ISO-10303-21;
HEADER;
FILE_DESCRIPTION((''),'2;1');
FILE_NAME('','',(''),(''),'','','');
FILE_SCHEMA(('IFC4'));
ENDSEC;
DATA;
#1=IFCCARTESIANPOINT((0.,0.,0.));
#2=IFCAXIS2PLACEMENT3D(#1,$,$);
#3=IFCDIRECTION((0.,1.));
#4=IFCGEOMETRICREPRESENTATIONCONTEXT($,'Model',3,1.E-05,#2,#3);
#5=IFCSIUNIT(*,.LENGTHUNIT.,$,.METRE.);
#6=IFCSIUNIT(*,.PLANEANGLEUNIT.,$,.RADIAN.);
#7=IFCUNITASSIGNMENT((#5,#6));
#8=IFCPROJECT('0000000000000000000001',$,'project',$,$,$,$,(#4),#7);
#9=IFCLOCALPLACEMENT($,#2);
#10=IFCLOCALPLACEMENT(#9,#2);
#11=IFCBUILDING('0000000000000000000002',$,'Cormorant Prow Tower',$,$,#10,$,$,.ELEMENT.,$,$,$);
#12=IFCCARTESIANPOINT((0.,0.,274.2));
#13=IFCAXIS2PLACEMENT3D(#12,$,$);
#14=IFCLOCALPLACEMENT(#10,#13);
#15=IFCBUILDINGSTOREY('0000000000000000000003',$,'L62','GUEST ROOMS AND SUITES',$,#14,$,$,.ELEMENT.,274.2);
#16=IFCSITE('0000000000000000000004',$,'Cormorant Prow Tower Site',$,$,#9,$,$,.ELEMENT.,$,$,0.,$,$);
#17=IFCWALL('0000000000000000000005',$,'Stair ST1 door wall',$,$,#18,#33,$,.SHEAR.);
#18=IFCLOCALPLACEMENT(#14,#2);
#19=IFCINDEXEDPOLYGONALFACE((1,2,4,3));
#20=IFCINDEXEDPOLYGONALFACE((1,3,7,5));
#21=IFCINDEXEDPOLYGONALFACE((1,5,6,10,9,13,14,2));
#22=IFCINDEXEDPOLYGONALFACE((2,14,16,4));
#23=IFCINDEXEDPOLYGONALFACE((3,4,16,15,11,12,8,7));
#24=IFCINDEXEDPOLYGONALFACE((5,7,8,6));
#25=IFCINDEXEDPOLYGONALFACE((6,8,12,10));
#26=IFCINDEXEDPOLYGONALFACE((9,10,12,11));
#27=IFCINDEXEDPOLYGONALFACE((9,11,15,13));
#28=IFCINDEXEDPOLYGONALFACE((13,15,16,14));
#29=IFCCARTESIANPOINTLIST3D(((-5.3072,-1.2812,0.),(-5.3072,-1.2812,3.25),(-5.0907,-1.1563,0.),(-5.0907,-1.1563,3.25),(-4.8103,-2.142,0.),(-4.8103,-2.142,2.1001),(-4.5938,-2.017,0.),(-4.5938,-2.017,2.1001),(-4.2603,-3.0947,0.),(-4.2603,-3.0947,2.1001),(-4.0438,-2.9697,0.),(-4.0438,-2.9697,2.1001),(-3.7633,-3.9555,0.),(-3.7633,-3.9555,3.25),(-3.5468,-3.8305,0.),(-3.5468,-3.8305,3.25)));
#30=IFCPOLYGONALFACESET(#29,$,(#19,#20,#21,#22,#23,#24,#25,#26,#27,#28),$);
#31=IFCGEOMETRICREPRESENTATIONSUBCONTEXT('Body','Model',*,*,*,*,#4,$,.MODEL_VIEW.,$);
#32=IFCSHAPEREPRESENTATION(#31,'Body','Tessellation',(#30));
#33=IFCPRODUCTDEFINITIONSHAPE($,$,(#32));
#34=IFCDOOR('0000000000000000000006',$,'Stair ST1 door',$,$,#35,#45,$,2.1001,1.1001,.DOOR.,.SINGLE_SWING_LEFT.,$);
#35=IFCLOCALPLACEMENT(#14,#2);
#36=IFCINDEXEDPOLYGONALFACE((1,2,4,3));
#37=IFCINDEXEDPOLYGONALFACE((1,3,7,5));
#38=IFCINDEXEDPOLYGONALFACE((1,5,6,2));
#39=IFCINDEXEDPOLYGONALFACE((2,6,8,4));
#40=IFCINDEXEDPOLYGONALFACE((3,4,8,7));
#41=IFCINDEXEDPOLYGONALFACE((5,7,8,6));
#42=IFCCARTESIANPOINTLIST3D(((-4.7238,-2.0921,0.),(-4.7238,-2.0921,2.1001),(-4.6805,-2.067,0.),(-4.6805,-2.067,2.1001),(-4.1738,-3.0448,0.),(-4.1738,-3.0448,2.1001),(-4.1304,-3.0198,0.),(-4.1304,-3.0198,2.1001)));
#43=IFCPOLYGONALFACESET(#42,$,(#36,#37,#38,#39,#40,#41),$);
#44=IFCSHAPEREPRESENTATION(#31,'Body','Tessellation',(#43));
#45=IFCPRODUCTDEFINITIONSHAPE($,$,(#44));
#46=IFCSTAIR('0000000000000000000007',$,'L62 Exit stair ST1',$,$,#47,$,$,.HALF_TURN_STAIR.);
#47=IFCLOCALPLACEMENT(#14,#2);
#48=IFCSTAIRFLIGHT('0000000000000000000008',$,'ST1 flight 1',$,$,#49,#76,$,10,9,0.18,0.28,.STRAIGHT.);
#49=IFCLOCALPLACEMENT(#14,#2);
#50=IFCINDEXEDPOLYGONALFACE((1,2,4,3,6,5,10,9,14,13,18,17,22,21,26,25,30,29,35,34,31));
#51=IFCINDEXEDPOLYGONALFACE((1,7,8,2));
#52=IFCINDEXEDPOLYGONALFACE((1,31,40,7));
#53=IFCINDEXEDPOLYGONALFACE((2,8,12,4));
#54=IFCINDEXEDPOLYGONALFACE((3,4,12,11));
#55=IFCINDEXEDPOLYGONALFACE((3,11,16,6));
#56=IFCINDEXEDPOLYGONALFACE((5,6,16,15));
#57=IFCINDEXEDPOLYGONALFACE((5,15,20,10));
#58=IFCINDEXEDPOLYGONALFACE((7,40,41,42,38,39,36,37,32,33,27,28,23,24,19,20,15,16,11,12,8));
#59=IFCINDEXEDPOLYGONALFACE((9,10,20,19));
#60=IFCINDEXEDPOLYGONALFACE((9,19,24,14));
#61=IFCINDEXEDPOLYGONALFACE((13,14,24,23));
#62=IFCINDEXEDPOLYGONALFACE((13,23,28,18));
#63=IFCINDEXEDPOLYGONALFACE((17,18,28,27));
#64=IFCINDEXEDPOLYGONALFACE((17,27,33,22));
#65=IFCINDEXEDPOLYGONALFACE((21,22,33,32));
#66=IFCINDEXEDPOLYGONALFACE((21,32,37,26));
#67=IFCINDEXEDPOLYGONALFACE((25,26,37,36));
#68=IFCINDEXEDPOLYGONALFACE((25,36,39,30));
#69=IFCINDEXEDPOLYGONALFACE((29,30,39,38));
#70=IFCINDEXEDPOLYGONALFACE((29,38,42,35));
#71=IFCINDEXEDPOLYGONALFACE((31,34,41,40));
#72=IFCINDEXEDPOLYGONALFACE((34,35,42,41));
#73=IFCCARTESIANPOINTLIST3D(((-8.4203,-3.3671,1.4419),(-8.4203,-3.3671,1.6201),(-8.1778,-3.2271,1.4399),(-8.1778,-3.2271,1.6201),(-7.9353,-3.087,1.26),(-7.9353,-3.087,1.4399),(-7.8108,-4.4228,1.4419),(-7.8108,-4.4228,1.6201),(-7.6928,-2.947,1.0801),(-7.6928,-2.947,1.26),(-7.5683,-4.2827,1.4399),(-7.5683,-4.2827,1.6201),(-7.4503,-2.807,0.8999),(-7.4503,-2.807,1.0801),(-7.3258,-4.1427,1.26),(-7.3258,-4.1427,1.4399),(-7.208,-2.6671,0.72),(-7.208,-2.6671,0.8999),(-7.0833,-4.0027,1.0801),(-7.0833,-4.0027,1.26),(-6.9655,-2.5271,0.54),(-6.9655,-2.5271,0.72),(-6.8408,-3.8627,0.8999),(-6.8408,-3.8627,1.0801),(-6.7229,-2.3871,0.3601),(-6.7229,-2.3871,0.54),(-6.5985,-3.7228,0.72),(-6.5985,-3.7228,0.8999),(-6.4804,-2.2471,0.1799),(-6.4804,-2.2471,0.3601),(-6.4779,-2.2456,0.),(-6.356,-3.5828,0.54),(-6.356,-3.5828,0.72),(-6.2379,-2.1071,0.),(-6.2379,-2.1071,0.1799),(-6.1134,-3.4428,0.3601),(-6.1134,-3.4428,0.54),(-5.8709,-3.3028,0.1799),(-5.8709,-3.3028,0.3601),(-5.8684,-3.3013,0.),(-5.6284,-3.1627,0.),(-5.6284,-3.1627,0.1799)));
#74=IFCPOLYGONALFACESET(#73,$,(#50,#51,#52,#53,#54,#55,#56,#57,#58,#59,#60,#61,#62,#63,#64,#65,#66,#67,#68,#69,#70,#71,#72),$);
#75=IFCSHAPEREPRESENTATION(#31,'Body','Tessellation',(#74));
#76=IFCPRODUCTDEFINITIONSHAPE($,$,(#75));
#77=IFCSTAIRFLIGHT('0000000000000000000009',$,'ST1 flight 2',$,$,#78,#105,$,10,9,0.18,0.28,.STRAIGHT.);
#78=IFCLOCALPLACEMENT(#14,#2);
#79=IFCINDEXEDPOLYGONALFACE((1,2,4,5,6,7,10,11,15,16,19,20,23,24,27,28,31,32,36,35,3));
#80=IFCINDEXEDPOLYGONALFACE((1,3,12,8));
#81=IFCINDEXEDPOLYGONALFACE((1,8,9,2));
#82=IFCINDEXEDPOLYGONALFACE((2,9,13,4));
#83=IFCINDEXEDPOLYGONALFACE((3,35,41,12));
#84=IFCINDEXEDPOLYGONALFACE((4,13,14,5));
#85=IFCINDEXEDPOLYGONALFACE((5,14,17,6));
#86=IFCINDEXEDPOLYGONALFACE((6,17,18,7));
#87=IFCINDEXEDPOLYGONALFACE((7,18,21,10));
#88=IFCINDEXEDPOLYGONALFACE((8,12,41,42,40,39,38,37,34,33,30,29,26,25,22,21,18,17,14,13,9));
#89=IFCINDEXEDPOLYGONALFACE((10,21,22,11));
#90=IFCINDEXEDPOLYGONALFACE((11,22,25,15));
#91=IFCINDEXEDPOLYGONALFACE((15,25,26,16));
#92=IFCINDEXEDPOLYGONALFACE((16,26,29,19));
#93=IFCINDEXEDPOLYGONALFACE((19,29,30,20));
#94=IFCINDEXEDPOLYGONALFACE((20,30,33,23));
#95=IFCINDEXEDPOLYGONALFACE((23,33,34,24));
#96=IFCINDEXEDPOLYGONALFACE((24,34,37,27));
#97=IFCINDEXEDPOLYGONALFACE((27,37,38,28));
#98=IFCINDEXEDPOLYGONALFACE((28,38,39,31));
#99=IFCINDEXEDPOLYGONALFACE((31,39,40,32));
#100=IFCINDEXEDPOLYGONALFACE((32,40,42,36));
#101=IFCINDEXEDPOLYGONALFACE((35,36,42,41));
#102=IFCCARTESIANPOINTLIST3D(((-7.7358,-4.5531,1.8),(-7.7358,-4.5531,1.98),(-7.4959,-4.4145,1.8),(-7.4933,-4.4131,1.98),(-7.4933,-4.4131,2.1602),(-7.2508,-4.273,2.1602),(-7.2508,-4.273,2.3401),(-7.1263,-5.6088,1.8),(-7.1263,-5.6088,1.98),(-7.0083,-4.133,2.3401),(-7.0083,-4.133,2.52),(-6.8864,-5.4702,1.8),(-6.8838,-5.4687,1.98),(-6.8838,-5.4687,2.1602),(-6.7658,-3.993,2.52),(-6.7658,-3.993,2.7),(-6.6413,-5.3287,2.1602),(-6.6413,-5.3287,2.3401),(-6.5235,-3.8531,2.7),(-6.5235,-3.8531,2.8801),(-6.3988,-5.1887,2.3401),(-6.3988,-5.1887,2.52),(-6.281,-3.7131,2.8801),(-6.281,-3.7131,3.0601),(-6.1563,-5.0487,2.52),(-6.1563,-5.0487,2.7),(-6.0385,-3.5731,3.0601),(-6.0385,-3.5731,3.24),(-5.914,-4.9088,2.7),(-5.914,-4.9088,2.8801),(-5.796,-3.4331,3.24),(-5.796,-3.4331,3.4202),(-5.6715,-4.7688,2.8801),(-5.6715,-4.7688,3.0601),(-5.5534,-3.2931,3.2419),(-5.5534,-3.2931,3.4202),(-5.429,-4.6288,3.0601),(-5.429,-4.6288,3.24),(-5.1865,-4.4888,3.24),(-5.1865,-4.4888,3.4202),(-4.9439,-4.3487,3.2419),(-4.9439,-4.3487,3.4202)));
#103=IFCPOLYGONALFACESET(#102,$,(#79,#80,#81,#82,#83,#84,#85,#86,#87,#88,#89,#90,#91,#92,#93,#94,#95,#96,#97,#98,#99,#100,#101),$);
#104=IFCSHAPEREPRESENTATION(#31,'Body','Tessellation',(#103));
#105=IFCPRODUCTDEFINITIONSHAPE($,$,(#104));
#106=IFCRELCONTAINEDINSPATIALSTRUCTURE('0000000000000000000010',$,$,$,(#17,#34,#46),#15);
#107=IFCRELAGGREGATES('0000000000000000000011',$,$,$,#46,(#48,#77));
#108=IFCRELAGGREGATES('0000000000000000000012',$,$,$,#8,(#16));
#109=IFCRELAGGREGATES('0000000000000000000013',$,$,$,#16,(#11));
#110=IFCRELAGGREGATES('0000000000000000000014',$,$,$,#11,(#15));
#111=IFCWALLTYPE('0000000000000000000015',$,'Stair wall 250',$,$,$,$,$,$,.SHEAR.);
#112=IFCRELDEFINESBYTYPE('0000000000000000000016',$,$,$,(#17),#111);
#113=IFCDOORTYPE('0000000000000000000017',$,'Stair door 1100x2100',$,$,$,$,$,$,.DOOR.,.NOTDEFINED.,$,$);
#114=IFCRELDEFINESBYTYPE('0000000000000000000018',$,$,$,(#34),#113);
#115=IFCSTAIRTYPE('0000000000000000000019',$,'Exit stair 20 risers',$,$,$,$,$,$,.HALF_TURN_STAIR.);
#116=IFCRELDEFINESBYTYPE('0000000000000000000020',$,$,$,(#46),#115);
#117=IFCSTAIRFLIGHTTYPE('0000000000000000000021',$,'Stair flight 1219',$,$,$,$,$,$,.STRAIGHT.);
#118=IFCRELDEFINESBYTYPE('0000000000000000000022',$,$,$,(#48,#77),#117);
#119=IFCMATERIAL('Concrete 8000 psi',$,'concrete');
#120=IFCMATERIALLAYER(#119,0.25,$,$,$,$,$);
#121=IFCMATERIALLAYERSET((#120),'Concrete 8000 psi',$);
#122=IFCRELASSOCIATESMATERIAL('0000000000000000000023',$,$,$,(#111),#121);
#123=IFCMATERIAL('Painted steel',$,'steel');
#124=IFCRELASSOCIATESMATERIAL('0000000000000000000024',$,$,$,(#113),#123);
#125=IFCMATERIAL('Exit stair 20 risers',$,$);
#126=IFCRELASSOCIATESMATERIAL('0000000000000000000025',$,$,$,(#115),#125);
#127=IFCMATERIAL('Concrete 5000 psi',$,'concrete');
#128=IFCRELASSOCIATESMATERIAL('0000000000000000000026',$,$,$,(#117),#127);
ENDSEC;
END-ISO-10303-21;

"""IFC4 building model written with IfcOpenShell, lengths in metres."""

from ifc_helpers import new_model, si_unit, direction, frame, frame_2d, origin, place, context, subcontext, project, spatial, polyline, rectangle, outline, extrude, material, layer, layer_set, type_object, element, fill, aggregate, save


model = new_model("IFC4")

# Units and contexts
model_context = context("Model", 3, precision=1e-05, world=origin(), true_north=direction((0.0, 1.0)))
body_context = subcontext(model_context, "Body", "Model", "MODEL_VIEW")
ifc_project = project(units=[si_unit("LENGTHUNIT", "METRE"), si_unit("PLANEANGLEUNIT", "RADIAN")], contexts=[model_context])

# Site, building, storey
site_placement = place(None, origin())
site = spatial("IfcSite", under=ifc_project, at=site_placement, Name="Cormorant Prow Tower Site", CompositionType="ELEMENT", RefElevation=0.0)
building_placement = place(site_placement, origin())
building = spatial("IfcBuilding", under=site, at=building_placement, Name="Cormorant Prow Tower", CompositionType="ELEMENT")
storey_placement = place(building_placement, frame((0.0, 0.0, 274.2)))
storey = spatial("IfcBuildingStorey", under=building, at=storey_placement, Name="L62", Description="GUEST ROOMS AND SUITES", CompositionType="ELEMENT", Elevation=274.2)

# Wall, opening, door
ifc_material_1 = material(Name="Concrete 8000 psi", Category="concrete")
ifc_layer_1 = layer(ifc_material_1, 0.25)
ifc_layer_set_1 = layer_set([ifc_layer_1], Name="Concrete 8000 psi")
wall_type_1 = type_object("IfcWallType", Name="Stair wall 250", PredefinedType="SHEAR", material=ifc_layer_set_1)
wall_1_placement = place(storey_placement, frame((-5.199, -1.2188, 0.0), z_axis=(0.0, 0.0, 1.0), x_axis=(0.499983, -0.866035, 0.0)))
wall_1 = element("IfcWall", 1, at=wall_1_placement, inside=storey, type_object=wall_type_1, Name="Stair ST1 door wall", PredefinedType="SHEAR", context=body_context, shape_type="SweptSolid", body=[
    extrude(rectangle(XDim=3.0879, YDim=0.25, at=frame_2d((1.5439, 0.0))), origin(), (0.0, 0.0, 1.0), 3.25),
])
opening_1_placement = place(wall_1_placement, frame((0.9939, 0.0, 0.0)))
opening_1 = element("IfcOpeningElement", 2, at=opening_1_placement, cuts=wall_1, PredefinedType="OPENING", context=body_context, shape_type="SweptSolid", body=[
    extrude(rectangle(XDim=1.1001, YDim=2.1001, at=frame_2d((0.55, 1.05))), frame((0.0, 0.135, 0.0), z_axis=(0.0, -1.0, 0.0), x_axis=(1.0, 0.0, 0.0)), (0.0, 0.0, 1.0), 0.27),
])
ifc_material_2 = material(Name="Painted steel", Category="steel")
door_type_1 = type_object("IfcDoorType", Name="Stair door 1100x2100", OperationType="NOTDEFINED", PredefinedType="DOOR", material=ifc_material_2)
door_1_placement = place(opening_1_placement, origin())
door_1 = element("IfcDoor", 3, at=door_1_placement, inside=storey, type_object=door_type_1, Name="Stair ST1 door", OperationType="SINGLE_SWING_LEFT", OverallHeight=2.1001, OverallWidth=1.1001, PredefinedType="DOOR", context=body_context, shape_type="SweptSolid", body=[
    extrude(rectangle(XDim=1.1001, YDim=2.1001, at=frame_2d((0.55, 1.05))), frame((0.0, 0.0249, 0.0), z_axis=(0.0, -1.0, 0.0), x_axis=(1.0, 0.0, 0.0)), (0.0, 0.0, 1.0), 0.05),
])
fill(opening_1, door_1)

# Stair, stair flights
ifc_material_3 = material(Name="Exit stair 20 risers")
stair_type = type_object("IfcStairType", Name="Exit stair 20 risers", PredefinedType="HALF_TURN_STAIR", material=ifc_material_3)
stair_placement = place(storey_placement, origin())
stair = element("IfcStair", 4, at=stair_placement, inside=storey, type_object=stair_type, Name="L62 Exit stair ST1", PredefinedType="HALF_TURN_STAIR")
ifc_material_4 = material(Name="Concrete 5000 psi", Category="concrete")
stair_flight_type = type_object("IfcStairFlightType", Name="Stair flight 1219", PredefinedType="STRAIGHT", material=ifc_material_4)
stair_flight_1_placement = place(storey_placement, frame((-5.9331, -2.635, 0.0), z_axis=(0.0, 0.0, 1.0), x_axis=(-0.866025, -0.5, 0.0)))
stair_flight_1 = element("IfcStairFlight", 5, at=stair_flight_1_placement, type_object=stair_flight_type, Name="ST1 flight 1", NumberOfRisers=10, NumberOfTreads=9, PredefinedType="STRAIGHT", RiserHeight=0.18, TreadLength=0.28, context=body_context, shape_type="SweptSolid", body=[
    extrude(outline(polyline([(0.0, 0.0), (0.0, 0.1799), (0.28, 0.1799), (0.28, 0.3601), (0.5601, 0.3601), (0.5601, 0.54), (0.8401, 0.54), (0.8401, 0.72), (1.1201, 0.72), (1.1201, 0.8999), (1.3999, 0.8999), (1.3999, 1.0801), (1.6799, 1.0801), (1.6799, 1.26), (1.96, 1.26), (1.96, 1.4399), (2.24, 1.4399), (2.24, 1.6201), (2.52, 1.6201), (2.52, 1.8), (2.52, 1.4419), (0.2771, 0.0), (0.0, 0.0)])), frame((0.0, 0.6094, 0.0), z_axis=(0.0, -1.0, 0.0), x_axis=(1.0, 0.0, 0.0)), (0.0, 0.0, 1.0), 1.219),
])
stair_flight_2_placement = place(storey_placement, frame((-7.4312, -5.0808, 1.8), z_axis=(0.0, 0.0, 1.0), x_axis=(0.866025, 0.5, 0.0)))
stair_flight_2 = element("IfcStairFlight", 6, at=stair_flight_2_placement, type_object=stair_flight_type, Name="ST1 flight 2", NumberOfRisers=10, NumberOfTreads=9, PredefinedType="STRAIGHT", RiserHeight=0.18, TreadLength=0.28, context=body_context, shape_type="SweptSolid", body=[
    extrude(outline(polyline([(0.0, 0.0), (0.0, 0.1799), (0.28, 0.1799), (0.28, 0.3601), (0.5601, 0.3601), (0.5601, 0.54), (0.8401, 0.54), (0.8401, 0.72), (1.1201, 0.72), (1.1201, 0.8999), (1.3999, 0.8999), (1.3999, 1.0801), (1.6799, 1.0801), (1.6799, 1.26), (1.96, 1.26), (1.96, 1.4399), (2.24, 1.4399), (2.24, 1.6201), (2.52, 1.6201), (2.52, 1.8), (2.52, 1.4419), (0.2771, 0.0), (0.0, 0.0)])), frame((0.0, 0.6094, 0.0), z_axis=(0.0, -1.0, 0.0), x_axis=(1.0, 0.0, 0.0)), (0.0, 0.0, 1.0), 1.219),
])
aggregate(stair, [stair_flight_1, stair_flight_2])

save(model, "model.ifc")
